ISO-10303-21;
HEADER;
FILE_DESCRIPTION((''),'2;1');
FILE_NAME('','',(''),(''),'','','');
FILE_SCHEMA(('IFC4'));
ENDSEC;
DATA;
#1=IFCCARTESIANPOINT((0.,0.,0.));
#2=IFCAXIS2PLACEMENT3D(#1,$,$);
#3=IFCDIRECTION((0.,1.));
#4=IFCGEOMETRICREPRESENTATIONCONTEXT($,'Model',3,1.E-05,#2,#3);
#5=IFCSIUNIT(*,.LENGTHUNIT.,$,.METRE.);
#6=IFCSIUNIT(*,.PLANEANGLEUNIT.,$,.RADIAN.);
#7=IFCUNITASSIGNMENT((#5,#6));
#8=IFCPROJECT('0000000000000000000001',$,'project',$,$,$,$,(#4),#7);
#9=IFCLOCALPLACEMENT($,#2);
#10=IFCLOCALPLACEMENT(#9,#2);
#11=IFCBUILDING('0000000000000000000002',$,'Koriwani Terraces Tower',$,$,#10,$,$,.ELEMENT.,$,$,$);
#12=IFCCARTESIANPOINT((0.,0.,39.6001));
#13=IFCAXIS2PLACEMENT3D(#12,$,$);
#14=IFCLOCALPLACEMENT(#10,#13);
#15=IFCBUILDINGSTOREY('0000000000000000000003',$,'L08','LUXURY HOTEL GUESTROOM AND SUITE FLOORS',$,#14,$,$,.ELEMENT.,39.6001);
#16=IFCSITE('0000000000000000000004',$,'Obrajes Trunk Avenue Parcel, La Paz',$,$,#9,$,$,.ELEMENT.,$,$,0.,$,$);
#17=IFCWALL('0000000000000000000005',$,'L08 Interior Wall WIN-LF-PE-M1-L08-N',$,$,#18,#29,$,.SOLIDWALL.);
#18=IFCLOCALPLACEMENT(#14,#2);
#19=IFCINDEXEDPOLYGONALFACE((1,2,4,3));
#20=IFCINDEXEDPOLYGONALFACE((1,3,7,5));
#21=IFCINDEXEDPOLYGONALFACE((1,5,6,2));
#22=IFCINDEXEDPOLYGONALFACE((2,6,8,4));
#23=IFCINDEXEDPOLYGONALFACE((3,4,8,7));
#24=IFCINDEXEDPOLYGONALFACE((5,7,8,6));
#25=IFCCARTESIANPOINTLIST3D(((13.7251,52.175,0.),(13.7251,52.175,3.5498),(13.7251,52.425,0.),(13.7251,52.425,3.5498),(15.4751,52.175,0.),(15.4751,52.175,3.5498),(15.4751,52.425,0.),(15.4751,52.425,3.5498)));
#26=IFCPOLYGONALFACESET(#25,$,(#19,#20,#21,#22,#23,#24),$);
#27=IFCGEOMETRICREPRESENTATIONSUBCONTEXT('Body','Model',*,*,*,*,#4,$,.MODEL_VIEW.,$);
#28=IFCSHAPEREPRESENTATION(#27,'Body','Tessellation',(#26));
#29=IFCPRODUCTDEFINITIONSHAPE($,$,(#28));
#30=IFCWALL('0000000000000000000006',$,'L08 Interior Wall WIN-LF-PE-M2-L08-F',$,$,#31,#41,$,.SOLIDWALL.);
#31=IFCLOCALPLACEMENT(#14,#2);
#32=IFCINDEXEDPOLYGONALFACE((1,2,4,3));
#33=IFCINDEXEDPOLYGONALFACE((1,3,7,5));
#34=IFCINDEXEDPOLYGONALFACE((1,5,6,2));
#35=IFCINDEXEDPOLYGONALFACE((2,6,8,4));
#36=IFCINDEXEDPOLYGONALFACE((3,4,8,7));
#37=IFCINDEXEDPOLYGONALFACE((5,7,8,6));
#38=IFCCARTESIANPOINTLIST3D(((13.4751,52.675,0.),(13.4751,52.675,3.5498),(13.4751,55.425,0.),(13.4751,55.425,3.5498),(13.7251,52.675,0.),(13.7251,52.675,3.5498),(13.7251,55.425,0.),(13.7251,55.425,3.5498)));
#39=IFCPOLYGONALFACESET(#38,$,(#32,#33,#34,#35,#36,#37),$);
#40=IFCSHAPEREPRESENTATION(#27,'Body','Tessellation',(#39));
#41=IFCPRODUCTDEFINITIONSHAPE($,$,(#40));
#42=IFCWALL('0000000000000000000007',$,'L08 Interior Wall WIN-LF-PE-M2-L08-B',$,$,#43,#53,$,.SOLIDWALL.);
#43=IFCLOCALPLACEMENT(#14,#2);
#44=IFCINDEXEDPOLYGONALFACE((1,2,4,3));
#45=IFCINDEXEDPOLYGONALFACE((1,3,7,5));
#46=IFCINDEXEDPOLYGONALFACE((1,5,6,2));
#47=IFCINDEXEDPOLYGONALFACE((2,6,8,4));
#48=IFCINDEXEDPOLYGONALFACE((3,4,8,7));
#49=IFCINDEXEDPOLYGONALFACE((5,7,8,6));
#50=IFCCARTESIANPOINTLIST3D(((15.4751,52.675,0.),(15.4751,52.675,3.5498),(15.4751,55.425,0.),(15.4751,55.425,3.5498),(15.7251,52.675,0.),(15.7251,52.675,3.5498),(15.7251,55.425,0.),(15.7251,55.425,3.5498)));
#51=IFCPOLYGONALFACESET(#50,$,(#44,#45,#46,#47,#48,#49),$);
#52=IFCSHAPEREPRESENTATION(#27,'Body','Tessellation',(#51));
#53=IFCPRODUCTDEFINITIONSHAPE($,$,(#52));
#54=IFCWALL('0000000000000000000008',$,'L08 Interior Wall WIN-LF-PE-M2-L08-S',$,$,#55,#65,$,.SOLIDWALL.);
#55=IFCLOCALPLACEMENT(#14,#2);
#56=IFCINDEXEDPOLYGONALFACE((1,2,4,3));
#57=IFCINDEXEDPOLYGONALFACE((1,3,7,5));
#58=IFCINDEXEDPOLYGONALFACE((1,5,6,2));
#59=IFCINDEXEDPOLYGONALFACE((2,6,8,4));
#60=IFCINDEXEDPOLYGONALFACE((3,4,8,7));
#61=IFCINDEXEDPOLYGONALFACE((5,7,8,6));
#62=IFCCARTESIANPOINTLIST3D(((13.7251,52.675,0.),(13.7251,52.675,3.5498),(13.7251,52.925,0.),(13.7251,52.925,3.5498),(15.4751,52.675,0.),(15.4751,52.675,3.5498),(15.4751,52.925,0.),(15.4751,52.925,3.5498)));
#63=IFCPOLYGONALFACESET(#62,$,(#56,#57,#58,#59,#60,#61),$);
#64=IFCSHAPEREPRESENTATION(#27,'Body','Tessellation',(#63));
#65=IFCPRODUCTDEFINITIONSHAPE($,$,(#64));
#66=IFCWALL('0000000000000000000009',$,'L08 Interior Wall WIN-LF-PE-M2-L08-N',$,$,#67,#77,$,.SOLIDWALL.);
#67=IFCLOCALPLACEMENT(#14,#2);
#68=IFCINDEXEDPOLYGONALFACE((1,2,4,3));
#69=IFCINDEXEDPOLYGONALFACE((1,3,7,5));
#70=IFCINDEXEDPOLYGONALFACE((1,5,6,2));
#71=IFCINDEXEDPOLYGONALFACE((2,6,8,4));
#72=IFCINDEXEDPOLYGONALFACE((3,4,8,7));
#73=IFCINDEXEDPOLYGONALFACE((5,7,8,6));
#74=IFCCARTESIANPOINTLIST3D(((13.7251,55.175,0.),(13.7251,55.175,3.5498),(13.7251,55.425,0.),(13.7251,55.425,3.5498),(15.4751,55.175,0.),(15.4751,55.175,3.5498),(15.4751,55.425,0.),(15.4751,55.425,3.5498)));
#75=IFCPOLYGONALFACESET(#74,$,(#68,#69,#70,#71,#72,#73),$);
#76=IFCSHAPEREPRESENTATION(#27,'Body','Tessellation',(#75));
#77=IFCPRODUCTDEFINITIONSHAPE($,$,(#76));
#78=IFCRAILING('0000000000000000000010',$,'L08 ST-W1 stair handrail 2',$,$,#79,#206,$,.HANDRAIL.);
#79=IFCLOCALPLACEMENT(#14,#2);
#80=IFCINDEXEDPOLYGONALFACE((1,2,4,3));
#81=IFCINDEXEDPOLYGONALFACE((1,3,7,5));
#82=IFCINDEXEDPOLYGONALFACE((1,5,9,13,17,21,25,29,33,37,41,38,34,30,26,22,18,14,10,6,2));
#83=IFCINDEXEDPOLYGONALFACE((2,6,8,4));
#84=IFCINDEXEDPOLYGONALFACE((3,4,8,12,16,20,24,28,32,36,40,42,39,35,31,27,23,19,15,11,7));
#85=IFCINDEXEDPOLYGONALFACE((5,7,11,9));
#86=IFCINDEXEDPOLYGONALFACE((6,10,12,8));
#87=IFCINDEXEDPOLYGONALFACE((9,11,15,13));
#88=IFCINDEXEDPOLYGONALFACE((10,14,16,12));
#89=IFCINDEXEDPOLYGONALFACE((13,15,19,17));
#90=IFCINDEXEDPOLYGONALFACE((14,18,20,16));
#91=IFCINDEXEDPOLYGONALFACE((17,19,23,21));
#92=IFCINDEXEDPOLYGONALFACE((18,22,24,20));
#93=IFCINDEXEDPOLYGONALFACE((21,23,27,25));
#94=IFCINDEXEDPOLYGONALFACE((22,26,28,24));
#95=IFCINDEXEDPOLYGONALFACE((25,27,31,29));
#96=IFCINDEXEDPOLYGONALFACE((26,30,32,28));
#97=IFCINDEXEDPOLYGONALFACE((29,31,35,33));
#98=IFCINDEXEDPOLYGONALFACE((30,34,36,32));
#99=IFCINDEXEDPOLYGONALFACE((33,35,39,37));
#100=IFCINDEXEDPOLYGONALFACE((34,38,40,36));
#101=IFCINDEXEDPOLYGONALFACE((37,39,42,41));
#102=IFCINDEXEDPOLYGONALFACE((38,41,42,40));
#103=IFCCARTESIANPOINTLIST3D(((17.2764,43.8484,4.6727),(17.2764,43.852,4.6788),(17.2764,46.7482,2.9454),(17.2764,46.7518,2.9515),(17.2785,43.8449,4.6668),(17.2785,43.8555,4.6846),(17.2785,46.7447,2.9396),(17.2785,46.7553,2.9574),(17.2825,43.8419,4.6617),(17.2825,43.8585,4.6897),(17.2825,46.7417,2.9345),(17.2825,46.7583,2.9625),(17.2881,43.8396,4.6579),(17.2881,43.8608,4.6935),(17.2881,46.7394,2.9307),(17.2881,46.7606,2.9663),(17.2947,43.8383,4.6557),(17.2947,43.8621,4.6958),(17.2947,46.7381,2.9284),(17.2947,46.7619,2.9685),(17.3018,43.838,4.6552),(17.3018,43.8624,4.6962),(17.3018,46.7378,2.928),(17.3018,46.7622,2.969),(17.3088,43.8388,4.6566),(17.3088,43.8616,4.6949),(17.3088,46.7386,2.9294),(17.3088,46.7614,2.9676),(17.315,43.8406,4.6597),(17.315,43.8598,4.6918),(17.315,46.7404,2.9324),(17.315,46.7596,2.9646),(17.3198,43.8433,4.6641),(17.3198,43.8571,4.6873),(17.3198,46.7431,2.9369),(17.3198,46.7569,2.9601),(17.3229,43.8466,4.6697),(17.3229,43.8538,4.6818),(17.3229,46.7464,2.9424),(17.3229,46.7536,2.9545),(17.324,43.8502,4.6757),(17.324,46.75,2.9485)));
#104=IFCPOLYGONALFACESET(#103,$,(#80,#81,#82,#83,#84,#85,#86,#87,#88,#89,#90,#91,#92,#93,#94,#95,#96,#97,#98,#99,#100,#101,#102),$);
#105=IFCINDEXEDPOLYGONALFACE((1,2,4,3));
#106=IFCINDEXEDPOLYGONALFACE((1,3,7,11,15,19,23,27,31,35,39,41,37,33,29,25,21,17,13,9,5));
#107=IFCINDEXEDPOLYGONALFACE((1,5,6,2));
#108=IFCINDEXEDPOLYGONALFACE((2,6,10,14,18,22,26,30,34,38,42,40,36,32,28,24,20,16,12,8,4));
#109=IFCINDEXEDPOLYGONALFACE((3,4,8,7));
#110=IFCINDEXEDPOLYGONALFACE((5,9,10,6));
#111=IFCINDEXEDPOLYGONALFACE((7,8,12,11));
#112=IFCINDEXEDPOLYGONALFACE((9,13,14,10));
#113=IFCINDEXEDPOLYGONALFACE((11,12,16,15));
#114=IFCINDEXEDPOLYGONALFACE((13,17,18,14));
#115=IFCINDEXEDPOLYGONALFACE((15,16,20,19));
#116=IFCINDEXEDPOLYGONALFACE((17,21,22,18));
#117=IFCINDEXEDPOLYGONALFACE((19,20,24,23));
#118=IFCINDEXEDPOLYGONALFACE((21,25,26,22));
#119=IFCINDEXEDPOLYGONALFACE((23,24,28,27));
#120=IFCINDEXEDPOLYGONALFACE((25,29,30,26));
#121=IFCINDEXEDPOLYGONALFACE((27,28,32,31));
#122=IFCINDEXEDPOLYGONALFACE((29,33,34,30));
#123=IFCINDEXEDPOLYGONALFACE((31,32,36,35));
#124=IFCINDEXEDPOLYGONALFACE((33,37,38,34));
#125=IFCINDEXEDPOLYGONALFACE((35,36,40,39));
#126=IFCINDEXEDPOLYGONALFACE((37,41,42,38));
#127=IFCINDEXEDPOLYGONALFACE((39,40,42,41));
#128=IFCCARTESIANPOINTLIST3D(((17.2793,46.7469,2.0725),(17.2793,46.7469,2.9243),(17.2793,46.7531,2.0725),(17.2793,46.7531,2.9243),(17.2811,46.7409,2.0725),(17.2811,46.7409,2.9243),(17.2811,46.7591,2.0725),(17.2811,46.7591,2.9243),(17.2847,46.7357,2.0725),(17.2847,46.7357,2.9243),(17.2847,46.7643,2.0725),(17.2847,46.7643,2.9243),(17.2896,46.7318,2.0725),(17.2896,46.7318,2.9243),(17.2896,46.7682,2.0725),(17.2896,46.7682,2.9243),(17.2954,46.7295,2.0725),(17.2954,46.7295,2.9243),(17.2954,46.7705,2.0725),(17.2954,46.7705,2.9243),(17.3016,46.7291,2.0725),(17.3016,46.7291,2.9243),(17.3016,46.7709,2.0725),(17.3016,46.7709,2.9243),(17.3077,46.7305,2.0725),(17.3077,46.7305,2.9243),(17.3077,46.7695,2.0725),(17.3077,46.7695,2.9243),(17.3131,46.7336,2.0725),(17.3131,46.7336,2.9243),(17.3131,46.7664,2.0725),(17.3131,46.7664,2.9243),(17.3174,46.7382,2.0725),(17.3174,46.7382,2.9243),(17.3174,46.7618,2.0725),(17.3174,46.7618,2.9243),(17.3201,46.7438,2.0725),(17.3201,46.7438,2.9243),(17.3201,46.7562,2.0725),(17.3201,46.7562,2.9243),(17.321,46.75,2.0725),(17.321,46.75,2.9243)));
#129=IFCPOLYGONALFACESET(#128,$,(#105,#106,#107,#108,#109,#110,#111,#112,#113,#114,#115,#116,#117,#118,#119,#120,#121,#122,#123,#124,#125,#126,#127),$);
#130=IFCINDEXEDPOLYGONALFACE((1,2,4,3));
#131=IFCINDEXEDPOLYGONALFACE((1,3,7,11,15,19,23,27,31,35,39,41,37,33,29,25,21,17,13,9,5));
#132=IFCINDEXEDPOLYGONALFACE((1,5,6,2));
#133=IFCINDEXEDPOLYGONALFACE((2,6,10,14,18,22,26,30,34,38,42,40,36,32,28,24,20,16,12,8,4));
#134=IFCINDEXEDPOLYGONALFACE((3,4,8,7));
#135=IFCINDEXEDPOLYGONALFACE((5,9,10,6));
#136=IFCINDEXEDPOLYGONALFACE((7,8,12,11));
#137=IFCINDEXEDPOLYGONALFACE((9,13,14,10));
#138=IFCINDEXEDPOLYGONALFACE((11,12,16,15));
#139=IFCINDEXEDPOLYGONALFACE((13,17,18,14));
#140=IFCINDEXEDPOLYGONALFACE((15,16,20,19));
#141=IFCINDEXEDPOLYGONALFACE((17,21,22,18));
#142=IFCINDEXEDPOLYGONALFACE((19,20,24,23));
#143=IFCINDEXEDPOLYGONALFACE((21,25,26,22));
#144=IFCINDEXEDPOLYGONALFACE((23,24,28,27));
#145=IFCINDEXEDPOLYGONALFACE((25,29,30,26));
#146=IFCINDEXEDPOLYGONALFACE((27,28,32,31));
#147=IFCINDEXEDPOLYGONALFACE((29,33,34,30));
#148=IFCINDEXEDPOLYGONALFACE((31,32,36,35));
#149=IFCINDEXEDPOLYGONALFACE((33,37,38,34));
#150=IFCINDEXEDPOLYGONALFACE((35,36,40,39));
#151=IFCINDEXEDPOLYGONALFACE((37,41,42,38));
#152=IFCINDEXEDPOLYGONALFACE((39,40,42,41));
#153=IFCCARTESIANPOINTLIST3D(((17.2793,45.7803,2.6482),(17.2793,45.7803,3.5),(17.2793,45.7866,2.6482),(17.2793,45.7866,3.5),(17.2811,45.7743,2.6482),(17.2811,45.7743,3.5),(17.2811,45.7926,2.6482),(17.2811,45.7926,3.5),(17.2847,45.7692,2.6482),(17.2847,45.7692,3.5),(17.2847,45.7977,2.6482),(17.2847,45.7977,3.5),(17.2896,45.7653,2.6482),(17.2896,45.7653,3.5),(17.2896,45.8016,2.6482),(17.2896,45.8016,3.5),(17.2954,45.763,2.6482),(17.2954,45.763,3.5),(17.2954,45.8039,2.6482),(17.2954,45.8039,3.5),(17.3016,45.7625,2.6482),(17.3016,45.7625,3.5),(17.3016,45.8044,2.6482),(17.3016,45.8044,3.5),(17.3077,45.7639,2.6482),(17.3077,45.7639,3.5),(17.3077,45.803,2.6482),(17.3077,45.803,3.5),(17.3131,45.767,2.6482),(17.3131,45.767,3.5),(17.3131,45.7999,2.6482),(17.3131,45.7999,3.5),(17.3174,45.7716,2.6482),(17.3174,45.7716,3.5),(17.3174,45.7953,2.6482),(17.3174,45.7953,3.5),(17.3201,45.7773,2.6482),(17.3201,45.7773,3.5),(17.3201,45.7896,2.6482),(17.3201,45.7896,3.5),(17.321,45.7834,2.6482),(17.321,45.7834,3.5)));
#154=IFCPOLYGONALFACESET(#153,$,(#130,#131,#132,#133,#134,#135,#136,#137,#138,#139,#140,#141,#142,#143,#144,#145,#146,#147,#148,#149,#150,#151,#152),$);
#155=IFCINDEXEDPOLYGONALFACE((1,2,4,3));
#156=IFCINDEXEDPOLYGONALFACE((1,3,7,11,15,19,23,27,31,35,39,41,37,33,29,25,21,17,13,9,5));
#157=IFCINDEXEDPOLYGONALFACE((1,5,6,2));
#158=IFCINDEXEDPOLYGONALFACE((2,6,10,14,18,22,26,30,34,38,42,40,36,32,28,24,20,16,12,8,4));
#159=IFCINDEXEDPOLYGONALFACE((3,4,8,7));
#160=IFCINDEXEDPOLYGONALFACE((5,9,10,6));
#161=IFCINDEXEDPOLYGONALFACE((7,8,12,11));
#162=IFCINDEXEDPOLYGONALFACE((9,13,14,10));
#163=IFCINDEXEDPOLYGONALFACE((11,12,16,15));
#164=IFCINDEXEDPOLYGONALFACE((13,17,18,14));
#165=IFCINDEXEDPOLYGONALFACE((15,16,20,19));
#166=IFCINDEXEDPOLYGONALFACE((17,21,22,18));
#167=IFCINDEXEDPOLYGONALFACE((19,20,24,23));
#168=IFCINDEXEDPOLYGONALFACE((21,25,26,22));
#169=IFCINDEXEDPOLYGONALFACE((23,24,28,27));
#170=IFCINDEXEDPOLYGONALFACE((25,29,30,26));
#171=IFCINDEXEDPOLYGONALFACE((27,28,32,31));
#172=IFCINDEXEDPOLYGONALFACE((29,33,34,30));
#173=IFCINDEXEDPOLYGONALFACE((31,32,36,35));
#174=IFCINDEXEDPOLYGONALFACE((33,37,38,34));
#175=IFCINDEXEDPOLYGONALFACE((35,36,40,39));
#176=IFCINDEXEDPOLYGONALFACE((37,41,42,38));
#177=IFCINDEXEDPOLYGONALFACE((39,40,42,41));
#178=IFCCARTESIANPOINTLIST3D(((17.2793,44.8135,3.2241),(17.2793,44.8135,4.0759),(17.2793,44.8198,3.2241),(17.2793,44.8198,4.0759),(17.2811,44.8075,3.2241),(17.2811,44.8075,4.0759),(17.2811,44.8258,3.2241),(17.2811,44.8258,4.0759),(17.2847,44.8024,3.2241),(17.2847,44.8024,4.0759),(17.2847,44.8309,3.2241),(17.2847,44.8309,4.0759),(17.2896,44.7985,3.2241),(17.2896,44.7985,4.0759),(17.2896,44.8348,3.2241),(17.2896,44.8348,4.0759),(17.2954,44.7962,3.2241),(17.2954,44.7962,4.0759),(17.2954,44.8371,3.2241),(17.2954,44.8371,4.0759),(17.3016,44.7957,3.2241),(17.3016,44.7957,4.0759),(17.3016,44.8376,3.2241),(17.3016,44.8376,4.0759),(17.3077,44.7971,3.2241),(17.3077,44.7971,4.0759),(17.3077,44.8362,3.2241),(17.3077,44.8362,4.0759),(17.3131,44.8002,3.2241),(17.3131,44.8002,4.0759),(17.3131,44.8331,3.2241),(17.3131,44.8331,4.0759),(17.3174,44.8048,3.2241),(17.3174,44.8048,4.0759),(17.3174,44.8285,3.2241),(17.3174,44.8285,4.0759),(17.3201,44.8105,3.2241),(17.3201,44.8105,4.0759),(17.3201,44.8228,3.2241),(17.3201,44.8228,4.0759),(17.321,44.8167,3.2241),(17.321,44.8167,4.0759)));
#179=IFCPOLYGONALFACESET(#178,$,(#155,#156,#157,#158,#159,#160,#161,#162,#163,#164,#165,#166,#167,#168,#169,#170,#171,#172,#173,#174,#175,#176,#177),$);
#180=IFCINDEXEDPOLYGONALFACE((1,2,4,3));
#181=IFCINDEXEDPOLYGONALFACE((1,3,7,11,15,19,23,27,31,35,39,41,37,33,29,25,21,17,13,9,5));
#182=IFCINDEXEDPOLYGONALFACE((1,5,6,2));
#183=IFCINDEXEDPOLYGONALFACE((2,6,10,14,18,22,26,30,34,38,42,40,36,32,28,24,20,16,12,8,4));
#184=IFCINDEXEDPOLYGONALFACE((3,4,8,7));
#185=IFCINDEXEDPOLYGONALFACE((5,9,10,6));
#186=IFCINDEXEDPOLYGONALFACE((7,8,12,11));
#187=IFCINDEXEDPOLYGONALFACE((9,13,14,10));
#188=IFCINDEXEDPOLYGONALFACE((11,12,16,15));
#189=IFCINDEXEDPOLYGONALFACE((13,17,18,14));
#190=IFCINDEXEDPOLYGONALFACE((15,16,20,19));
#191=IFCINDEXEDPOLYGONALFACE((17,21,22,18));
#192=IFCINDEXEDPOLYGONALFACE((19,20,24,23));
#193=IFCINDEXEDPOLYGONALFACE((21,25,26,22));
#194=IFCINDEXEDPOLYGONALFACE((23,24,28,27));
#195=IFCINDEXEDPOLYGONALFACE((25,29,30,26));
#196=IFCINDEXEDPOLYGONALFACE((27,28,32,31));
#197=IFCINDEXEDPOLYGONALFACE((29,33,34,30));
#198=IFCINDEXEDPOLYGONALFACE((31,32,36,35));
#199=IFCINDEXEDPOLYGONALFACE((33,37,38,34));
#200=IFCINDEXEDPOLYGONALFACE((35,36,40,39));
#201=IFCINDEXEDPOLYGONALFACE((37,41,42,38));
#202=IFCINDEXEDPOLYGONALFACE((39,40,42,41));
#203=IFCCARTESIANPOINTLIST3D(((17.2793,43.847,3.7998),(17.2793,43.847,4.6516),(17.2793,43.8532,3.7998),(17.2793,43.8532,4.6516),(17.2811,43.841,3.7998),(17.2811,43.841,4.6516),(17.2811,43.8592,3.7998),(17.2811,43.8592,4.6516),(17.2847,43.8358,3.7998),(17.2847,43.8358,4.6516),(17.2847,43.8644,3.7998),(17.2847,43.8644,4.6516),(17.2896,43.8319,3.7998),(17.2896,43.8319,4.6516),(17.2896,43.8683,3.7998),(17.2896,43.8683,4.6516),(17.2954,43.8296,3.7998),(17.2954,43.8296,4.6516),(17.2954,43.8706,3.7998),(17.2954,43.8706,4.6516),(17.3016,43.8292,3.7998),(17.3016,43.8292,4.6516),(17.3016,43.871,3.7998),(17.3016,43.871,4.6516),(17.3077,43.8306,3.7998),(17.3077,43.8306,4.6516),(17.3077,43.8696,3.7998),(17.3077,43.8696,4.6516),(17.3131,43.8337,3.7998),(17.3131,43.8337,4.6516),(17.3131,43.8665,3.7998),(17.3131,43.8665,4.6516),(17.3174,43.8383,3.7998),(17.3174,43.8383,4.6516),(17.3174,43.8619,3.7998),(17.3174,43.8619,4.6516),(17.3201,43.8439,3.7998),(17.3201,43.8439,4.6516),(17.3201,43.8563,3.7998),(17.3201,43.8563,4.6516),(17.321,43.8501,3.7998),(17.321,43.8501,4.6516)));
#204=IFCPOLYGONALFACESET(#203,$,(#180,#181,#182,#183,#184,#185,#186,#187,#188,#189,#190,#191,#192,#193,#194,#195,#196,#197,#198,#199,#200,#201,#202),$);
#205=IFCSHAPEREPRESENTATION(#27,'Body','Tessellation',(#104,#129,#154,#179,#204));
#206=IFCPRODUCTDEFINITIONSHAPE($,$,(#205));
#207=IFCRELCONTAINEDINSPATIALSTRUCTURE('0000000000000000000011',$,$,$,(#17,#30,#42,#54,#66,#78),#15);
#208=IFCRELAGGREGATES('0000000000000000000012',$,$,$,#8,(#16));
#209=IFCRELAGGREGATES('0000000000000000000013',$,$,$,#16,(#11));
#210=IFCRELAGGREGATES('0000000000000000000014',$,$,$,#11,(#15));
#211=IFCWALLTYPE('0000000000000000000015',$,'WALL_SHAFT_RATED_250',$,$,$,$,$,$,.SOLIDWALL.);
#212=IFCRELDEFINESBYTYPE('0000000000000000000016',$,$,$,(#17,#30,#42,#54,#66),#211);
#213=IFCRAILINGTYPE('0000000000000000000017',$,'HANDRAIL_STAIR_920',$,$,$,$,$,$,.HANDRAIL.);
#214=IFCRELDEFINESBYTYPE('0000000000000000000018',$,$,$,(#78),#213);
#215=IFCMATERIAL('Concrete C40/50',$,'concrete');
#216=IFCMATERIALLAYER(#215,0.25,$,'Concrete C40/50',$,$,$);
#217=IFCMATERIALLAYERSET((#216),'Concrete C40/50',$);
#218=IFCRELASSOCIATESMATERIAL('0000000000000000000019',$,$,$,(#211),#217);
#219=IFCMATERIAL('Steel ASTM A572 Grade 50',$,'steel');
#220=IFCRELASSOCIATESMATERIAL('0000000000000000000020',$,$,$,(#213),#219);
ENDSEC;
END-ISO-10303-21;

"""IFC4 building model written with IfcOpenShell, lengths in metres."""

from ifc_helpers import new_model, si_unit, direction, frame, frame_2d, origin, origin_2d, place, context, subcontext, project, spatial, rectangle, circle, extrude, material, layer, layer_set, type_object, element, save


model = new_model("IFC4")

# Units and contexts
model_context = context("Model", 3, precision=1e-05, world=origin(), true_north=direction((0.0, 1.0)))
body_context = subcontext(model_context, "Body", "Model", "MODEL_VIEW")
ifc_project = project(units=[si_unit("LENGTHUNIT", "METRE"), si_unit("PLANEANGLEUNIT", "RADIAN")], contexts=[model_context])

# Site, building, storey
site_placement = place(None, origin())
site = spatial("IfcSite", under=ifc_project, at=site_placement, Name="Obrajes Trunk Avenue Parcel, La Paz", CompositionType="ELEMENT", RefElevation=0.0)
building_placement = place(site_placement, origin())
building = spatial("IfcBuilding", under=site, at=building_placement, Name="Koriwani Terraces Tower", CompositionType="ELEMENT")
storey_placement = place(building_placement, frame((0.0, 0.0, 39.6001)))
storey = spatial("IfcBuildingStorey", under=building, at=storey_placement, Name="L08", Description="LUXURY HOTEL GUESTROOM AND SUITE FLOORS", CompositionType="ELEMENT", Elevation=39.6001)

# Shared definitions
ifc_material_1 = material(Name="Concrete C40/50", Category="concrete")
ifc_material_2 = material(Name="Steel ASTM A572 Grade 50", Category="steel")

# Shared definitions
ifc_layer_1 = layer(ifc_material_1, 0.25, Name="Concrete C40/50")
ifc_layer_set_1 = layer_set([ifc_layer_1], Name="Concrete C40/50")
wall_type_1 = type_object("IfcWallType", Name="WALL_SHAFT_RATED_250", PredefinedType="SOLIDWALL", material=ifc_layer_set_1)

# Walls
for number, where, z_axis, x_axis, name in (
    (1, (13.7251, 52.3, 0.0), (0.0, 0.0, 1.0), (1.0, 0.0, 0.0), "L08 Interior Wall WIN-LF-PE-M1-L08-N"),
):
    element("IfcWall", number, at=place(storey_placement, frame(where, z_axis=z_axis, x_axis=x_axis)), inside=storey, type_object=wall_type_1, Name=name, PredefinedType="SOLIDWALL", context=body_context, shape_type="SweptSolid", body=[
        extrude(rectangle(XDim=1.75, YDim=0.25, at=frame_2d((0.875, 0.0))), origin(), (0.0, 0.0, 1.0), 3.5498),
    ])
for number, where, z_axis, x_axis, name in (
    (2, (13.6001, 52.675, 0.0), (0.0, 0.0, 1.0), (0.0, 1.0, 0.0), "L08 Interior Wall WIN-LF-PE-M2-L08-F"),
    (3, (15.6001, 52.675, 0.0), (0.0, 0.0, 1.0), (0.0, 1.0, 0.0), "L08 Interior Wall WIN-LF-PE-M2-L08-B"),
):
    element("IfcWall", number, at=place(storey_placement, frame(where, z_axis=z_axis, x_axis=x_axis)), inside=storey, type_object=wall_type_1, Name=name, PredefinedType="SOLIDWALL", context=body_context, shape_type="SweptSolid", body=[
        extrude(rectangle(XDim=2.75, YDim=0.25, at=frame_2d((1.375, 0.0))), origin(), (0.0, 0.0, 1.0), 3.5498),
    ])
for number, where, z_axis, x_axis, name in (
    (4, (13.7251, 52.8, 0.0), (0.0, 0.0, 1.0), (1.0, 0.0, 0.0), "L08 Interior Wall WIN-LF-PE-M2-L08-S"),
    (5, (13.7251, 55.3, 0.0), (0.0, 0.0, 1.0), (1.0, 0.0, 0.0), "L08 Interior Wall WIN-LF-PE-M2-L08-N"),
):
    element("IfcWall", number, at=place(storey_placement, frame(where, z_axis=z_axis, x_axis=x_axis)), inside=storey, type_object=wall_type_1, Name=name, PredefinedType="SOLIDWALL", context=body_context, shape_type="SweptSolid", body=[
        extrude(rectangle(XDim=1.75, YDim=0.25, at=frame_2d((0.875, 0.0))), origin(), (0.0, 0.0, 1.0), 3.5498),
    ])

# Railing
railing_type = type_object("IfcRailingType", Name="HANDRAIL_STAIR_920", PredefinedType="HANDRAIL", material=ifc_material_2)
for number, where, name in (
    (6, (17.3, 46.75, 2.0725), "L08 ST-W1 stair handrail 2"),
):
    element("IfcRailing", number, at=place(storey_placement, frame(where)), inside=storey, type_object=railing_type, Name=name, PredefinedType="HANDRAIL", context=body_context, shape_type="SweptSolid", body=[
        extrude(circle(Radius=0.0239, at=origin_2d()), frame((0.0, 0.0, 0.876), z_axis=(0.0, -0.859141, 0.511738), x_axis=(1.0, 0.0, 0.0)), (0.0, 0.0, 1.0), 3.3752),
        extrude(circle(Radius=0.021, at=origin_2d()), origin(), (0.0, 0.0, 1.0), 0.8518),
        extrude(circle(Radius=0.021, at=origin_2d()), frame((0.0, -0.9666, 0.5757)), (0.0, 0.0, 1.0), 0.8518),
        extrude(circle(Radius=0.021, at=origin_2d()), frame((0.0, -1.9333, 1.1516)), (0.0, 0.0, 1.0), 0.8518),
        extrude(circle(Radius=0.021, at=origin_2d()), frame((0.0, -2.8999, 1.7273)), (0.0, 0.0, 1.0), 0.8518),
    ])

save(model, "model.ifc")
